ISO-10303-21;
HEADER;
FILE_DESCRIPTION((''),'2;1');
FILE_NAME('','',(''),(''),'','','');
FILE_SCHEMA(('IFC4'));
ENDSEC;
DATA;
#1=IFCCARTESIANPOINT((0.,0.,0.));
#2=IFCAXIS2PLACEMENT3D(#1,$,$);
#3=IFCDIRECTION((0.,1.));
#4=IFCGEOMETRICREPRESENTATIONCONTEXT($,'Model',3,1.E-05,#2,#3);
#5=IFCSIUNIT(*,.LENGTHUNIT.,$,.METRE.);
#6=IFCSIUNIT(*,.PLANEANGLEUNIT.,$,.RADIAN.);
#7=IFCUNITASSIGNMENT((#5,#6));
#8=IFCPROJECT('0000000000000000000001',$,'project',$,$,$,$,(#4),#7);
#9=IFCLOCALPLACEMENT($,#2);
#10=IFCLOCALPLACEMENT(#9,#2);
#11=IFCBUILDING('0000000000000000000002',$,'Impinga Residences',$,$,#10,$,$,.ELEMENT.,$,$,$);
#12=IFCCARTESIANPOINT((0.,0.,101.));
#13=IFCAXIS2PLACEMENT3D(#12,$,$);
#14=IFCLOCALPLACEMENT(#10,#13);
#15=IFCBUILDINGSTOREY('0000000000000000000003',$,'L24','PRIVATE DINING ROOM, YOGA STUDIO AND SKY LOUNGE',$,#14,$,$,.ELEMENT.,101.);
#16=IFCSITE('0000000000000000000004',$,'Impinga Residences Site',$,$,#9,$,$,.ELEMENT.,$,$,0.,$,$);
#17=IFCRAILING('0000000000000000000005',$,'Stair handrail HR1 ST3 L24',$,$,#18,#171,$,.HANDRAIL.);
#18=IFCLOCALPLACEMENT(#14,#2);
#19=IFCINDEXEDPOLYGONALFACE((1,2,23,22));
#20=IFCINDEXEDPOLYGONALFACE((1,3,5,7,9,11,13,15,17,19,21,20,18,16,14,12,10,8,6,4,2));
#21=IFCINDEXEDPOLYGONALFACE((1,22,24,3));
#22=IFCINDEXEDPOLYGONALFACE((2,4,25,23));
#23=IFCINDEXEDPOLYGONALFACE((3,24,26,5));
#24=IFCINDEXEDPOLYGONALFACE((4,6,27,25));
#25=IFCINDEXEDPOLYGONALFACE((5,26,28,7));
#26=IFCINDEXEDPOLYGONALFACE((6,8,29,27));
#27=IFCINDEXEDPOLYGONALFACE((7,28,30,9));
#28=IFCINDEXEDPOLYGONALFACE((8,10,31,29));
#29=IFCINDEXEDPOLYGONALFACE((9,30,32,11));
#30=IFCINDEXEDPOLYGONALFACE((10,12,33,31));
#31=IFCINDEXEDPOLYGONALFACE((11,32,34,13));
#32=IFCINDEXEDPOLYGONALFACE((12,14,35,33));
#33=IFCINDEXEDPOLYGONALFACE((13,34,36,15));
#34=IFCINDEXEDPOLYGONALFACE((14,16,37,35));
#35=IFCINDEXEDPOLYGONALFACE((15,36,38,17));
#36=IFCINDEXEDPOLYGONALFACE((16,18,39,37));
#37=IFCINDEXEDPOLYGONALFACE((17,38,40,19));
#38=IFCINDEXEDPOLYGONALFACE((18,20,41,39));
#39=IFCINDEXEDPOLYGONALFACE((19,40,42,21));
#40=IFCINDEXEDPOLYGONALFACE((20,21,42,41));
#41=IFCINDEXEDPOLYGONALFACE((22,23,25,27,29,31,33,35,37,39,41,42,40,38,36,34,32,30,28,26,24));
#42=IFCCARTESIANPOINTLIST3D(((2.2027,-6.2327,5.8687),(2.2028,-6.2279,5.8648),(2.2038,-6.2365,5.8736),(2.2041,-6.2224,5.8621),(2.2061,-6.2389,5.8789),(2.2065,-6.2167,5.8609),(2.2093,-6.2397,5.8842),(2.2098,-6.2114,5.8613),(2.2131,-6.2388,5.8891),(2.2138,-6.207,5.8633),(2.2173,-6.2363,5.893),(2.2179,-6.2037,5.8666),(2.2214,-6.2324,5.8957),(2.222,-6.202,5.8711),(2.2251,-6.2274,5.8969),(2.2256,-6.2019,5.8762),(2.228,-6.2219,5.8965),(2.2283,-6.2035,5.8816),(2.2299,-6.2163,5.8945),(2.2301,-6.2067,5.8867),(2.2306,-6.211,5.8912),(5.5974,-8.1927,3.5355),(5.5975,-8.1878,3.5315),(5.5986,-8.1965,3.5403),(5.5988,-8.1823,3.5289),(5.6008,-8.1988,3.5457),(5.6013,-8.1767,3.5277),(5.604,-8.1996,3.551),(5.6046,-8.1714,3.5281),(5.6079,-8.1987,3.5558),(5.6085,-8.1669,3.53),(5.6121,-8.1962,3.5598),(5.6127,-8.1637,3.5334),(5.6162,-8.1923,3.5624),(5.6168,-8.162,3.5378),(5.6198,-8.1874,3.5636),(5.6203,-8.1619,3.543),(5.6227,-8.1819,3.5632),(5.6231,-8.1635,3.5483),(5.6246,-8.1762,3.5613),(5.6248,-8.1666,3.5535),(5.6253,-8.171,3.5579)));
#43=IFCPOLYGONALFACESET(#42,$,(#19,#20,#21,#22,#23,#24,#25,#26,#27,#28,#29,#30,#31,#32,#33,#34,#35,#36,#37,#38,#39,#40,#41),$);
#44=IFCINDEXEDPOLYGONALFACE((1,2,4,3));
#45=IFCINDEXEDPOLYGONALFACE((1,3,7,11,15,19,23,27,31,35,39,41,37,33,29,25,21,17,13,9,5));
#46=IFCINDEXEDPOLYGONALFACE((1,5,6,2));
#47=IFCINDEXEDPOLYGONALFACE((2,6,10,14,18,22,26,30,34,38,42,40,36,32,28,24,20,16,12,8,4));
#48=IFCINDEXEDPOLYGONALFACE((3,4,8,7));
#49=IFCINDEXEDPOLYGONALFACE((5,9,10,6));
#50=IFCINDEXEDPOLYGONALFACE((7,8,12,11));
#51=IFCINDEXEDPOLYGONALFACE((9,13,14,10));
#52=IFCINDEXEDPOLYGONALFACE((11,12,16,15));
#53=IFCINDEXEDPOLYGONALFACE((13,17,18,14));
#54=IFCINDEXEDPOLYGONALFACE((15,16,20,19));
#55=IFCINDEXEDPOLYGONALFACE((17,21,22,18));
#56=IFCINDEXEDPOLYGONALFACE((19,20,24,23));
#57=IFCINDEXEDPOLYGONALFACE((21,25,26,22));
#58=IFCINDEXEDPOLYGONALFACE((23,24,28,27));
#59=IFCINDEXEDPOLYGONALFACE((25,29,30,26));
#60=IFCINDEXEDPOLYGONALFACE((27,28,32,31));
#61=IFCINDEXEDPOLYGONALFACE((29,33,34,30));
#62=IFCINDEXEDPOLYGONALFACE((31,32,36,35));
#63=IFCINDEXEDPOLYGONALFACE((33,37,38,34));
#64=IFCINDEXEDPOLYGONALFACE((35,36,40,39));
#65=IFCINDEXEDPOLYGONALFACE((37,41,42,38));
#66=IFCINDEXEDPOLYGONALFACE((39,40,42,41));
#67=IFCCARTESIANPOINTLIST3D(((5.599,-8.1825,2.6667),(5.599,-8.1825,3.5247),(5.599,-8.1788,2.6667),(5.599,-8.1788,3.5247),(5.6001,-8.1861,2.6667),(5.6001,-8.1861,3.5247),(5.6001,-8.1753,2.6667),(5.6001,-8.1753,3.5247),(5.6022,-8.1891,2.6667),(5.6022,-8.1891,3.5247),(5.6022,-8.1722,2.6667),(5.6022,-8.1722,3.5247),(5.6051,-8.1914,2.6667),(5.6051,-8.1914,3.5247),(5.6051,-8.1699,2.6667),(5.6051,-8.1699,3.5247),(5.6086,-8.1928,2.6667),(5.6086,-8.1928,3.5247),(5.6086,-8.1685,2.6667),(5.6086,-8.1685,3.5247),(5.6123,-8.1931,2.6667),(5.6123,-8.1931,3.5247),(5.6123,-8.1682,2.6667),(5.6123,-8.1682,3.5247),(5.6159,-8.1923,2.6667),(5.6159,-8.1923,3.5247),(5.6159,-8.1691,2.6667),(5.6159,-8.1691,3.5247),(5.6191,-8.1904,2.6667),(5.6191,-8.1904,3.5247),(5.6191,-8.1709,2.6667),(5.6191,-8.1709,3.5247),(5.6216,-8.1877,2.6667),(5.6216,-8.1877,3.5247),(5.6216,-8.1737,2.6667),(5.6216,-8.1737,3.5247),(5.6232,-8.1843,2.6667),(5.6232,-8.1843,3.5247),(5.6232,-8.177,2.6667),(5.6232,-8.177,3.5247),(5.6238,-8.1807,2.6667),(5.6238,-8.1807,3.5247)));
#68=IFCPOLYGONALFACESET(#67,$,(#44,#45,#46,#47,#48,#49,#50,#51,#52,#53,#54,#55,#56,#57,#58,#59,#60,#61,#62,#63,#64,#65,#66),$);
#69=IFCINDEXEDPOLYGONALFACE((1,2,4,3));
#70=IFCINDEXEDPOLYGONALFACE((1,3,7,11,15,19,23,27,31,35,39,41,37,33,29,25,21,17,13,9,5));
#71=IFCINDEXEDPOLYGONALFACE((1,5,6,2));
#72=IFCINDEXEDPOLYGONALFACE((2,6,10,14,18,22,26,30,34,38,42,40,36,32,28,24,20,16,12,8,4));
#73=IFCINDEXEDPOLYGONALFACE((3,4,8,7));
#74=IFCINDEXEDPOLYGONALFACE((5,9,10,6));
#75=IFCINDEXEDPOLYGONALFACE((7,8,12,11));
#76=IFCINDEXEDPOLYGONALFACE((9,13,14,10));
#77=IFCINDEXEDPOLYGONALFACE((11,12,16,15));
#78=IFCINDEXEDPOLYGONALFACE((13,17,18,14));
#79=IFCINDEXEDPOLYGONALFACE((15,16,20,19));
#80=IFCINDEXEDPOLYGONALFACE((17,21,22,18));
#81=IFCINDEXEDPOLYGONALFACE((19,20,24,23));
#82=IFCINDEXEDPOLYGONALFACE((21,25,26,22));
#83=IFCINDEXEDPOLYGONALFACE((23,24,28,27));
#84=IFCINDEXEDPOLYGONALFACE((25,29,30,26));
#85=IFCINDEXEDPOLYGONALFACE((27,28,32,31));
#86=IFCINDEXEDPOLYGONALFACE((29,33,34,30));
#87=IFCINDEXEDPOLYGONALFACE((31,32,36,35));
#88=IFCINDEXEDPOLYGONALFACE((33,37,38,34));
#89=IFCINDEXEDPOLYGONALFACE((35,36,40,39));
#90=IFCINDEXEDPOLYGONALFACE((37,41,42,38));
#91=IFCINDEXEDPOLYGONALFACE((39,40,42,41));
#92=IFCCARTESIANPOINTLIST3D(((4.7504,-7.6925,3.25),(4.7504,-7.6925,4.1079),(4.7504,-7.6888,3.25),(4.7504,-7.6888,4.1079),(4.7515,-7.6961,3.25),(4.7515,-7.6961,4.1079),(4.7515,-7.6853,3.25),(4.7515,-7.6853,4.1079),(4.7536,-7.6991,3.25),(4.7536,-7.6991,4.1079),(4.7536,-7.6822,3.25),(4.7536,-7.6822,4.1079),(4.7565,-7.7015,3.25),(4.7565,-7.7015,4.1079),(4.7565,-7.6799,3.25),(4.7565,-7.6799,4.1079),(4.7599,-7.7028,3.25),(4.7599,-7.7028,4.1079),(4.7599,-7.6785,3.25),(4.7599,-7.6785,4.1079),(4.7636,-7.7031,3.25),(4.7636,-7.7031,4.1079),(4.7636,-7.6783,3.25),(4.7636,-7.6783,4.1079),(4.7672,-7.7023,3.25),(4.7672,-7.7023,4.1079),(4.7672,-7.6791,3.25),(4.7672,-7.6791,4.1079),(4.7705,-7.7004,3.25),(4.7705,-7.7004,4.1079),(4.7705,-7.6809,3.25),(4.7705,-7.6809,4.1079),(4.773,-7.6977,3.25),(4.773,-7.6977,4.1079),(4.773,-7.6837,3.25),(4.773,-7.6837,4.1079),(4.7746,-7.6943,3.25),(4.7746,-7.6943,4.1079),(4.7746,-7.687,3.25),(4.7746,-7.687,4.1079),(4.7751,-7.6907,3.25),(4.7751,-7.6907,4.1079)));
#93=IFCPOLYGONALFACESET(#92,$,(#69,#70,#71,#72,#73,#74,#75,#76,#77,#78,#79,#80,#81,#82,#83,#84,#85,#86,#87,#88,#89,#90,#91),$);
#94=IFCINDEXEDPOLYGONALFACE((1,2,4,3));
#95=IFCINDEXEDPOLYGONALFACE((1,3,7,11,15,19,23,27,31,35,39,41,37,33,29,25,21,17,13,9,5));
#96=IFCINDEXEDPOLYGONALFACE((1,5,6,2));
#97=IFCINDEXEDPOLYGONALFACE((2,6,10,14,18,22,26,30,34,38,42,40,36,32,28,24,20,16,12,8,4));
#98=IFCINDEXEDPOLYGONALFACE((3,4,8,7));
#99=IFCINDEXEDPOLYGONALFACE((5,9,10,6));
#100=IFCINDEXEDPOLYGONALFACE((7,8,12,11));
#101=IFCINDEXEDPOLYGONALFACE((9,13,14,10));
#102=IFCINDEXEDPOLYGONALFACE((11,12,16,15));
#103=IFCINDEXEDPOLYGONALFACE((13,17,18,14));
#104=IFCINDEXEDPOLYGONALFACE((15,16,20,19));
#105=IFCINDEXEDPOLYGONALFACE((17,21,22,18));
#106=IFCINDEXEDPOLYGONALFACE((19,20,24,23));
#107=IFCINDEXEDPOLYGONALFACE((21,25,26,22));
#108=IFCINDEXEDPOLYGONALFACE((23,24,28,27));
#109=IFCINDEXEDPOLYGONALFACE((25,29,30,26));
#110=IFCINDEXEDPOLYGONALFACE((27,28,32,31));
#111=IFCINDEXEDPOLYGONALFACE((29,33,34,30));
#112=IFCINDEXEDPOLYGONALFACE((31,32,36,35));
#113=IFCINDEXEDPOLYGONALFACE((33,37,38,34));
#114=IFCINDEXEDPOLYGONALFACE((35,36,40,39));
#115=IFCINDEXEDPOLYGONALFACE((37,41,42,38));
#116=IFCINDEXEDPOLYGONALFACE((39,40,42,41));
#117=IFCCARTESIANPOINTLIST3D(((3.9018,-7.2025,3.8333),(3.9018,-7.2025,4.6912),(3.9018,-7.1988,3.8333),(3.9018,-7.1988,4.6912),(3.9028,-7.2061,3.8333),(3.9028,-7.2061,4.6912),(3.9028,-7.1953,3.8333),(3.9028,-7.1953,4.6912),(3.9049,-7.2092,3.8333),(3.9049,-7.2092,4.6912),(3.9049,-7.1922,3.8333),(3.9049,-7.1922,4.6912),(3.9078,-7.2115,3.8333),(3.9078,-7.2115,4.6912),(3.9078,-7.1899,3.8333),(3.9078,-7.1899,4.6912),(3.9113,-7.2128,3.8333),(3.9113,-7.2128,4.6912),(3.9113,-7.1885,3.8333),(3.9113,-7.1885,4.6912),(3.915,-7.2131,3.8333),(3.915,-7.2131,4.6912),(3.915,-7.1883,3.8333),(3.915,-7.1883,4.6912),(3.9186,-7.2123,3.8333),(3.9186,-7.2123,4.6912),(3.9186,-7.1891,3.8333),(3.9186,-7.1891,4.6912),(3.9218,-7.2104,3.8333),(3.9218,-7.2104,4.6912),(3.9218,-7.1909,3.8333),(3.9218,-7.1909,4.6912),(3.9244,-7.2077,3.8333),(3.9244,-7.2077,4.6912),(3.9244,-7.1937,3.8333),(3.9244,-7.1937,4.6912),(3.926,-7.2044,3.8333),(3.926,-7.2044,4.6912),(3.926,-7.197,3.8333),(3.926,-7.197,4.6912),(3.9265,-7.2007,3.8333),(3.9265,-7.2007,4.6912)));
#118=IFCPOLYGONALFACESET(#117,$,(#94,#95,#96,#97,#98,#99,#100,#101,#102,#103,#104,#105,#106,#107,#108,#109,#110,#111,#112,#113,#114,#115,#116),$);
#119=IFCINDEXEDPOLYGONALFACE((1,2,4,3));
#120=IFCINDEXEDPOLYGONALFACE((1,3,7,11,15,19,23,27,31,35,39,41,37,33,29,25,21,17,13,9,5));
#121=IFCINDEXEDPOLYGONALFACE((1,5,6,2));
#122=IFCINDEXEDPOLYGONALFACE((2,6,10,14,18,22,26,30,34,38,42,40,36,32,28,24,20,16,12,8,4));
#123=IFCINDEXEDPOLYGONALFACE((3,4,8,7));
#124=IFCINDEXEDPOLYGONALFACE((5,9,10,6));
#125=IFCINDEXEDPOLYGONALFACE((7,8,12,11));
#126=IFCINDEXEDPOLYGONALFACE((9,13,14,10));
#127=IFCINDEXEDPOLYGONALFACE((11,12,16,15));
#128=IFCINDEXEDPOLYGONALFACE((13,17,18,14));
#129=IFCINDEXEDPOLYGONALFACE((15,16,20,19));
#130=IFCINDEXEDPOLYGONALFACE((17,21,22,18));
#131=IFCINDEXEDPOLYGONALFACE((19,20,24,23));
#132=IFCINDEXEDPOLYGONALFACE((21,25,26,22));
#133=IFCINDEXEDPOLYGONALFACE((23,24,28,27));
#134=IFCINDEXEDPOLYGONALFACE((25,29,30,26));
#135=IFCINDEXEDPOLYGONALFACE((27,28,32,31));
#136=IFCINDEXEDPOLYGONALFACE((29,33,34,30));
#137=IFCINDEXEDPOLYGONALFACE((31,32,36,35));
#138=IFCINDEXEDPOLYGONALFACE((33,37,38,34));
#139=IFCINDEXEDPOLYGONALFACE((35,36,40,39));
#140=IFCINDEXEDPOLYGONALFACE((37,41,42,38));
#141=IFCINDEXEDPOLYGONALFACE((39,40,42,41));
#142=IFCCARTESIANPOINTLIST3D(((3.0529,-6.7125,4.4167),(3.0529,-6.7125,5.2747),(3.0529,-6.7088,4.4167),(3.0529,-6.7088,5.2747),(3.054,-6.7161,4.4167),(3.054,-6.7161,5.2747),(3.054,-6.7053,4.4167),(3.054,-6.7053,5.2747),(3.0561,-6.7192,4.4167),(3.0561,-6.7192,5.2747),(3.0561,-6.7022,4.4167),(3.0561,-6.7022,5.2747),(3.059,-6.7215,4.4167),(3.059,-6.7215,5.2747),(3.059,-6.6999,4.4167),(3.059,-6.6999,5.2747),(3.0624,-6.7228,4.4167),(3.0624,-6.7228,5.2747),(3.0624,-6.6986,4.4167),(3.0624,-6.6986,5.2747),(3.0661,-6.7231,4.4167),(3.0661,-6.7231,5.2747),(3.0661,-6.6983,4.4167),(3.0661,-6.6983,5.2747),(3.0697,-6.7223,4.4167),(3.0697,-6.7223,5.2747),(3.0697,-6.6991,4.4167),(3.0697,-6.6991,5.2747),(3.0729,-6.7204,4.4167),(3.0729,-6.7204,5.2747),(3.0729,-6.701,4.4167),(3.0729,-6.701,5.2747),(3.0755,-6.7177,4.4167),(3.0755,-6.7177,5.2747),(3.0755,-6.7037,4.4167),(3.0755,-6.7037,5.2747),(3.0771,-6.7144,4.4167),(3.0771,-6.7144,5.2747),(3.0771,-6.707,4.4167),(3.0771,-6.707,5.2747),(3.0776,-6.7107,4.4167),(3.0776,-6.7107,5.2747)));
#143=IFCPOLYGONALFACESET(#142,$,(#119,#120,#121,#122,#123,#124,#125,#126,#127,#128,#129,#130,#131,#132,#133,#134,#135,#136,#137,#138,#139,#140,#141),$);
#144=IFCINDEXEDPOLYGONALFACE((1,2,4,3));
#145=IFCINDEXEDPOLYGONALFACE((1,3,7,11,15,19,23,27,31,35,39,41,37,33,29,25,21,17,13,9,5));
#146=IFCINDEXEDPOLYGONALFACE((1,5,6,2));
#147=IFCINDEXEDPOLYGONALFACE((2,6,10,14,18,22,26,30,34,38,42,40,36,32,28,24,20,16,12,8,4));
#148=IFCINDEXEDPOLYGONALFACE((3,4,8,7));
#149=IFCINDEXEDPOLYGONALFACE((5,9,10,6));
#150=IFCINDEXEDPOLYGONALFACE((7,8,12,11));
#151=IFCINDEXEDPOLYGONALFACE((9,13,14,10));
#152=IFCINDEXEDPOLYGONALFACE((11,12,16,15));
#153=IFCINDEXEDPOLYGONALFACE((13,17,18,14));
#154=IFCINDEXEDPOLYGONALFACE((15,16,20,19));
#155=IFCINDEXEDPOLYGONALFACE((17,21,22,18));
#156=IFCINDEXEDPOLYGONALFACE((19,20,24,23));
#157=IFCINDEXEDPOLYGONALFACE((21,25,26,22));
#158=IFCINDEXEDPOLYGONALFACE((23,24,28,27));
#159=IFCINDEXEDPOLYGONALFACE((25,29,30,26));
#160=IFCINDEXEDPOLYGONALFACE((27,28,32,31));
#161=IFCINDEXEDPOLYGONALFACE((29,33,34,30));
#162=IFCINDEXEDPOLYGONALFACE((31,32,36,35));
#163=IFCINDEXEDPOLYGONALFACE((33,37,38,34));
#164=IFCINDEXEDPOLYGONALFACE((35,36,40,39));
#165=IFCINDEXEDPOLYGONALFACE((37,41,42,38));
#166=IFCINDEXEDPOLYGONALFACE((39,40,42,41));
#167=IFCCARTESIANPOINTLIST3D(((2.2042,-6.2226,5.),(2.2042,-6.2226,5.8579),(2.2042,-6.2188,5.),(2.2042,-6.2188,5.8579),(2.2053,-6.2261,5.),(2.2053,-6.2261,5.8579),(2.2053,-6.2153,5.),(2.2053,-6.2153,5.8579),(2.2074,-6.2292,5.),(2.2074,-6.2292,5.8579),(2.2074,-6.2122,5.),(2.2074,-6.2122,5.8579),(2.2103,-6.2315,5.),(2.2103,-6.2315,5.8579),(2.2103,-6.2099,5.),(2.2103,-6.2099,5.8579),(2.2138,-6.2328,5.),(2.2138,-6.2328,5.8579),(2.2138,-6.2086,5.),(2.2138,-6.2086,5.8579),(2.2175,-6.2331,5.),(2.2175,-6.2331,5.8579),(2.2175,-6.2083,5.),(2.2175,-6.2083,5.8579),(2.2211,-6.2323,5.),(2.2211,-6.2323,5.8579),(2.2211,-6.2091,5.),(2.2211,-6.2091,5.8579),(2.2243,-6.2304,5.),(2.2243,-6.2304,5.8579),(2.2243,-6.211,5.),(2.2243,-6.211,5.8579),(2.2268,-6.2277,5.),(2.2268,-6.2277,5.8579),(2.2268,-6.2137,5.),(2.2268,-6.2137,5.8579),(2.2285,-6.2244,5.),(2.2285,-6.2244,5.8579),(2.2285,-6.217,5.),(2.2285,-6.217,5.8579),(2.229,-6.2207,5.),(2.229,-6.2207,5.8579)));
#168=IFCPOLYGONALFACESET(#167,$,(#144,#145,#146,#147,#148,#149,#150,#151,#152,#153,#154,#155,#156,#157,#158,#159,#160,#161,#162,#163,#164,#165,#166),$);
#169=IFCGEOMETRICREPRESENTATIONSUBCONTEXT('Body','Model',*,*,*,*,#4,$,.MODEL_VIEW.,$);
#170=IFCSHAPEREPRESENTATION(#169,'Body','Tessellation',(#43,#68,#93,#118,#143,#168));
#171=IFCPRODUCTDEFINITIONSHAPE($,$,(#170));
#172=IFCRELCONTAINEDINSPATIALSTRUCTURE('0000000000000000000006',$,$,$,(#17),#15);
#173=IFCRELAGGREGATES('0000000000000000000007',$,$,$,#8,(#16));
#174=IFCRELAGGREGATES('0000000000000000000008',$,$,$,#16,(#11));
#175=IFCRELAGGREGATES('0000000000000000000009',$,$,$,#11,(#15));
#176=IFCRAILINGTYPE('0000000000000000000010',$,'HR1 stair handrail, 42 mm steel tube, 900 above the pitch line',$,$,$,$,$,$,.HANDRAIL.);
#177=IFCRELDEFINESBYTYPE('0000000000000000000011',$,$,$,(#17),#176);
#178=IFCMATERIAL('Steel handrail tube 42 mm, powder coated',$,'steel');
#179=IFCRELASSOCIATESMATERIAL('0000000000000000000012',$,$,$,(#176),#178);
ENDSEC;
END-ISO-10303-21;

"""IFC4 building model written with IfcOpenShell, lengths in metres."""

from ifc_helpers import new_model, si_unit, direction, frame, origin, origin_2d, place, context, subcontext, project, spatial, circle, extrude, material, type_object, element, save


model = new_model("IFC4")

# Units and contexts
model_context = context("Model", 3, precision=1e-05, world=origin(), true_north=direction((0.0, 1.0)))
body_context = subcontext(model_context, "Body", "Model", "MODEL_VIEW")
ifc_project = project(units=[si_unit("LENGTHUNIT", "METRE"), si_unit("PLANEANGLEUNIT", "RADIAN")], contexts=[model_context])

# Site, building, storey
site_placement = place(None, origin())
site = spatial("IfcSite", under=ifc_project, at=site_placement, Name="Impinga Residences Site", CompositionType="ELEMENT", RefElevation=0.0)
building_placement = place(site_placement, origin())
building = spatial("IfcBuilding", under=site, at=building_placement, Name="Impinga Residences", CompositionType="ELEMENT")
storey_placement = place(building_placement, frame((0.0, 0.0, 101.0)))
storey = spatial("IfcBuildingStorey", under=building, at=storey_placement, Name="L24", Description="PRIVATE DINING ROOM, YOGA STUDIO AND SKY LOUNGE", CompositionType="ELEMENT", Elevation=101.0)

# Railing
ifc_material_1 = material(Name="Steel handrail tube 42 mm, powder coated", Category="steel")
railing_type_1 = type_object("IfcRailingType", Name="HR1 stair handrail, 42 mm steel tube, 900 above the pitch line", PredefinedType="HANDRAIL", material=ifc_material_1)
railing_1_placement = place(storey_placement, frame((5.6113, -8.1807, 2.6667)))
element("IfcRailing", 1, at=railing_1_placement, inside=storey, type_object=railing_type_1, Name="Stair handrail HR1 ST3 L24", PredefinedType="HANDRAIL", context=body_context, shape_type="SweptSolid", body=[
    extrude(circle(Radius=0.021, at=origin_2d()), frame((0.0, 0.0, 0.8789), z_axis=(-0.744175, 0.429646, 0.511476), x_axis=(-0.499997, -0.866027, 0.0)), (0.0, 0.0, 1.0), 4.5618),
    extrude(circle(Radius=0.0125, at=origin_2d()), origin(), (0.0, 0.0, 1.0), 0.8579),
    extrude(circle(Radius=0.0125, at=origin_2d()), frame((-0.8486, 0.49, 0.5833)), (0.0, 0.0, 1.0), 0.8579),
    extrude(circle(Radius=0.0125, at=origin_2d()), frame((-1.6973, 0.98, 1.1665)), (0.0, 0.0, 1.0), 0.8579),
    extrude(circle(Radius=0.0125, at=origin_2d()), frame((-2.5461, 1.47, 1.75)), (0.0, 0.0, 1.0), 0.8579),
    extrude(circle(Radius=0.0125, at=origin_2d()), frame((-3.3948, 1.96, 2.3333)), (0.0, 0.0, 1.0), 0.8579),
])

save(model, "model.ifc")
